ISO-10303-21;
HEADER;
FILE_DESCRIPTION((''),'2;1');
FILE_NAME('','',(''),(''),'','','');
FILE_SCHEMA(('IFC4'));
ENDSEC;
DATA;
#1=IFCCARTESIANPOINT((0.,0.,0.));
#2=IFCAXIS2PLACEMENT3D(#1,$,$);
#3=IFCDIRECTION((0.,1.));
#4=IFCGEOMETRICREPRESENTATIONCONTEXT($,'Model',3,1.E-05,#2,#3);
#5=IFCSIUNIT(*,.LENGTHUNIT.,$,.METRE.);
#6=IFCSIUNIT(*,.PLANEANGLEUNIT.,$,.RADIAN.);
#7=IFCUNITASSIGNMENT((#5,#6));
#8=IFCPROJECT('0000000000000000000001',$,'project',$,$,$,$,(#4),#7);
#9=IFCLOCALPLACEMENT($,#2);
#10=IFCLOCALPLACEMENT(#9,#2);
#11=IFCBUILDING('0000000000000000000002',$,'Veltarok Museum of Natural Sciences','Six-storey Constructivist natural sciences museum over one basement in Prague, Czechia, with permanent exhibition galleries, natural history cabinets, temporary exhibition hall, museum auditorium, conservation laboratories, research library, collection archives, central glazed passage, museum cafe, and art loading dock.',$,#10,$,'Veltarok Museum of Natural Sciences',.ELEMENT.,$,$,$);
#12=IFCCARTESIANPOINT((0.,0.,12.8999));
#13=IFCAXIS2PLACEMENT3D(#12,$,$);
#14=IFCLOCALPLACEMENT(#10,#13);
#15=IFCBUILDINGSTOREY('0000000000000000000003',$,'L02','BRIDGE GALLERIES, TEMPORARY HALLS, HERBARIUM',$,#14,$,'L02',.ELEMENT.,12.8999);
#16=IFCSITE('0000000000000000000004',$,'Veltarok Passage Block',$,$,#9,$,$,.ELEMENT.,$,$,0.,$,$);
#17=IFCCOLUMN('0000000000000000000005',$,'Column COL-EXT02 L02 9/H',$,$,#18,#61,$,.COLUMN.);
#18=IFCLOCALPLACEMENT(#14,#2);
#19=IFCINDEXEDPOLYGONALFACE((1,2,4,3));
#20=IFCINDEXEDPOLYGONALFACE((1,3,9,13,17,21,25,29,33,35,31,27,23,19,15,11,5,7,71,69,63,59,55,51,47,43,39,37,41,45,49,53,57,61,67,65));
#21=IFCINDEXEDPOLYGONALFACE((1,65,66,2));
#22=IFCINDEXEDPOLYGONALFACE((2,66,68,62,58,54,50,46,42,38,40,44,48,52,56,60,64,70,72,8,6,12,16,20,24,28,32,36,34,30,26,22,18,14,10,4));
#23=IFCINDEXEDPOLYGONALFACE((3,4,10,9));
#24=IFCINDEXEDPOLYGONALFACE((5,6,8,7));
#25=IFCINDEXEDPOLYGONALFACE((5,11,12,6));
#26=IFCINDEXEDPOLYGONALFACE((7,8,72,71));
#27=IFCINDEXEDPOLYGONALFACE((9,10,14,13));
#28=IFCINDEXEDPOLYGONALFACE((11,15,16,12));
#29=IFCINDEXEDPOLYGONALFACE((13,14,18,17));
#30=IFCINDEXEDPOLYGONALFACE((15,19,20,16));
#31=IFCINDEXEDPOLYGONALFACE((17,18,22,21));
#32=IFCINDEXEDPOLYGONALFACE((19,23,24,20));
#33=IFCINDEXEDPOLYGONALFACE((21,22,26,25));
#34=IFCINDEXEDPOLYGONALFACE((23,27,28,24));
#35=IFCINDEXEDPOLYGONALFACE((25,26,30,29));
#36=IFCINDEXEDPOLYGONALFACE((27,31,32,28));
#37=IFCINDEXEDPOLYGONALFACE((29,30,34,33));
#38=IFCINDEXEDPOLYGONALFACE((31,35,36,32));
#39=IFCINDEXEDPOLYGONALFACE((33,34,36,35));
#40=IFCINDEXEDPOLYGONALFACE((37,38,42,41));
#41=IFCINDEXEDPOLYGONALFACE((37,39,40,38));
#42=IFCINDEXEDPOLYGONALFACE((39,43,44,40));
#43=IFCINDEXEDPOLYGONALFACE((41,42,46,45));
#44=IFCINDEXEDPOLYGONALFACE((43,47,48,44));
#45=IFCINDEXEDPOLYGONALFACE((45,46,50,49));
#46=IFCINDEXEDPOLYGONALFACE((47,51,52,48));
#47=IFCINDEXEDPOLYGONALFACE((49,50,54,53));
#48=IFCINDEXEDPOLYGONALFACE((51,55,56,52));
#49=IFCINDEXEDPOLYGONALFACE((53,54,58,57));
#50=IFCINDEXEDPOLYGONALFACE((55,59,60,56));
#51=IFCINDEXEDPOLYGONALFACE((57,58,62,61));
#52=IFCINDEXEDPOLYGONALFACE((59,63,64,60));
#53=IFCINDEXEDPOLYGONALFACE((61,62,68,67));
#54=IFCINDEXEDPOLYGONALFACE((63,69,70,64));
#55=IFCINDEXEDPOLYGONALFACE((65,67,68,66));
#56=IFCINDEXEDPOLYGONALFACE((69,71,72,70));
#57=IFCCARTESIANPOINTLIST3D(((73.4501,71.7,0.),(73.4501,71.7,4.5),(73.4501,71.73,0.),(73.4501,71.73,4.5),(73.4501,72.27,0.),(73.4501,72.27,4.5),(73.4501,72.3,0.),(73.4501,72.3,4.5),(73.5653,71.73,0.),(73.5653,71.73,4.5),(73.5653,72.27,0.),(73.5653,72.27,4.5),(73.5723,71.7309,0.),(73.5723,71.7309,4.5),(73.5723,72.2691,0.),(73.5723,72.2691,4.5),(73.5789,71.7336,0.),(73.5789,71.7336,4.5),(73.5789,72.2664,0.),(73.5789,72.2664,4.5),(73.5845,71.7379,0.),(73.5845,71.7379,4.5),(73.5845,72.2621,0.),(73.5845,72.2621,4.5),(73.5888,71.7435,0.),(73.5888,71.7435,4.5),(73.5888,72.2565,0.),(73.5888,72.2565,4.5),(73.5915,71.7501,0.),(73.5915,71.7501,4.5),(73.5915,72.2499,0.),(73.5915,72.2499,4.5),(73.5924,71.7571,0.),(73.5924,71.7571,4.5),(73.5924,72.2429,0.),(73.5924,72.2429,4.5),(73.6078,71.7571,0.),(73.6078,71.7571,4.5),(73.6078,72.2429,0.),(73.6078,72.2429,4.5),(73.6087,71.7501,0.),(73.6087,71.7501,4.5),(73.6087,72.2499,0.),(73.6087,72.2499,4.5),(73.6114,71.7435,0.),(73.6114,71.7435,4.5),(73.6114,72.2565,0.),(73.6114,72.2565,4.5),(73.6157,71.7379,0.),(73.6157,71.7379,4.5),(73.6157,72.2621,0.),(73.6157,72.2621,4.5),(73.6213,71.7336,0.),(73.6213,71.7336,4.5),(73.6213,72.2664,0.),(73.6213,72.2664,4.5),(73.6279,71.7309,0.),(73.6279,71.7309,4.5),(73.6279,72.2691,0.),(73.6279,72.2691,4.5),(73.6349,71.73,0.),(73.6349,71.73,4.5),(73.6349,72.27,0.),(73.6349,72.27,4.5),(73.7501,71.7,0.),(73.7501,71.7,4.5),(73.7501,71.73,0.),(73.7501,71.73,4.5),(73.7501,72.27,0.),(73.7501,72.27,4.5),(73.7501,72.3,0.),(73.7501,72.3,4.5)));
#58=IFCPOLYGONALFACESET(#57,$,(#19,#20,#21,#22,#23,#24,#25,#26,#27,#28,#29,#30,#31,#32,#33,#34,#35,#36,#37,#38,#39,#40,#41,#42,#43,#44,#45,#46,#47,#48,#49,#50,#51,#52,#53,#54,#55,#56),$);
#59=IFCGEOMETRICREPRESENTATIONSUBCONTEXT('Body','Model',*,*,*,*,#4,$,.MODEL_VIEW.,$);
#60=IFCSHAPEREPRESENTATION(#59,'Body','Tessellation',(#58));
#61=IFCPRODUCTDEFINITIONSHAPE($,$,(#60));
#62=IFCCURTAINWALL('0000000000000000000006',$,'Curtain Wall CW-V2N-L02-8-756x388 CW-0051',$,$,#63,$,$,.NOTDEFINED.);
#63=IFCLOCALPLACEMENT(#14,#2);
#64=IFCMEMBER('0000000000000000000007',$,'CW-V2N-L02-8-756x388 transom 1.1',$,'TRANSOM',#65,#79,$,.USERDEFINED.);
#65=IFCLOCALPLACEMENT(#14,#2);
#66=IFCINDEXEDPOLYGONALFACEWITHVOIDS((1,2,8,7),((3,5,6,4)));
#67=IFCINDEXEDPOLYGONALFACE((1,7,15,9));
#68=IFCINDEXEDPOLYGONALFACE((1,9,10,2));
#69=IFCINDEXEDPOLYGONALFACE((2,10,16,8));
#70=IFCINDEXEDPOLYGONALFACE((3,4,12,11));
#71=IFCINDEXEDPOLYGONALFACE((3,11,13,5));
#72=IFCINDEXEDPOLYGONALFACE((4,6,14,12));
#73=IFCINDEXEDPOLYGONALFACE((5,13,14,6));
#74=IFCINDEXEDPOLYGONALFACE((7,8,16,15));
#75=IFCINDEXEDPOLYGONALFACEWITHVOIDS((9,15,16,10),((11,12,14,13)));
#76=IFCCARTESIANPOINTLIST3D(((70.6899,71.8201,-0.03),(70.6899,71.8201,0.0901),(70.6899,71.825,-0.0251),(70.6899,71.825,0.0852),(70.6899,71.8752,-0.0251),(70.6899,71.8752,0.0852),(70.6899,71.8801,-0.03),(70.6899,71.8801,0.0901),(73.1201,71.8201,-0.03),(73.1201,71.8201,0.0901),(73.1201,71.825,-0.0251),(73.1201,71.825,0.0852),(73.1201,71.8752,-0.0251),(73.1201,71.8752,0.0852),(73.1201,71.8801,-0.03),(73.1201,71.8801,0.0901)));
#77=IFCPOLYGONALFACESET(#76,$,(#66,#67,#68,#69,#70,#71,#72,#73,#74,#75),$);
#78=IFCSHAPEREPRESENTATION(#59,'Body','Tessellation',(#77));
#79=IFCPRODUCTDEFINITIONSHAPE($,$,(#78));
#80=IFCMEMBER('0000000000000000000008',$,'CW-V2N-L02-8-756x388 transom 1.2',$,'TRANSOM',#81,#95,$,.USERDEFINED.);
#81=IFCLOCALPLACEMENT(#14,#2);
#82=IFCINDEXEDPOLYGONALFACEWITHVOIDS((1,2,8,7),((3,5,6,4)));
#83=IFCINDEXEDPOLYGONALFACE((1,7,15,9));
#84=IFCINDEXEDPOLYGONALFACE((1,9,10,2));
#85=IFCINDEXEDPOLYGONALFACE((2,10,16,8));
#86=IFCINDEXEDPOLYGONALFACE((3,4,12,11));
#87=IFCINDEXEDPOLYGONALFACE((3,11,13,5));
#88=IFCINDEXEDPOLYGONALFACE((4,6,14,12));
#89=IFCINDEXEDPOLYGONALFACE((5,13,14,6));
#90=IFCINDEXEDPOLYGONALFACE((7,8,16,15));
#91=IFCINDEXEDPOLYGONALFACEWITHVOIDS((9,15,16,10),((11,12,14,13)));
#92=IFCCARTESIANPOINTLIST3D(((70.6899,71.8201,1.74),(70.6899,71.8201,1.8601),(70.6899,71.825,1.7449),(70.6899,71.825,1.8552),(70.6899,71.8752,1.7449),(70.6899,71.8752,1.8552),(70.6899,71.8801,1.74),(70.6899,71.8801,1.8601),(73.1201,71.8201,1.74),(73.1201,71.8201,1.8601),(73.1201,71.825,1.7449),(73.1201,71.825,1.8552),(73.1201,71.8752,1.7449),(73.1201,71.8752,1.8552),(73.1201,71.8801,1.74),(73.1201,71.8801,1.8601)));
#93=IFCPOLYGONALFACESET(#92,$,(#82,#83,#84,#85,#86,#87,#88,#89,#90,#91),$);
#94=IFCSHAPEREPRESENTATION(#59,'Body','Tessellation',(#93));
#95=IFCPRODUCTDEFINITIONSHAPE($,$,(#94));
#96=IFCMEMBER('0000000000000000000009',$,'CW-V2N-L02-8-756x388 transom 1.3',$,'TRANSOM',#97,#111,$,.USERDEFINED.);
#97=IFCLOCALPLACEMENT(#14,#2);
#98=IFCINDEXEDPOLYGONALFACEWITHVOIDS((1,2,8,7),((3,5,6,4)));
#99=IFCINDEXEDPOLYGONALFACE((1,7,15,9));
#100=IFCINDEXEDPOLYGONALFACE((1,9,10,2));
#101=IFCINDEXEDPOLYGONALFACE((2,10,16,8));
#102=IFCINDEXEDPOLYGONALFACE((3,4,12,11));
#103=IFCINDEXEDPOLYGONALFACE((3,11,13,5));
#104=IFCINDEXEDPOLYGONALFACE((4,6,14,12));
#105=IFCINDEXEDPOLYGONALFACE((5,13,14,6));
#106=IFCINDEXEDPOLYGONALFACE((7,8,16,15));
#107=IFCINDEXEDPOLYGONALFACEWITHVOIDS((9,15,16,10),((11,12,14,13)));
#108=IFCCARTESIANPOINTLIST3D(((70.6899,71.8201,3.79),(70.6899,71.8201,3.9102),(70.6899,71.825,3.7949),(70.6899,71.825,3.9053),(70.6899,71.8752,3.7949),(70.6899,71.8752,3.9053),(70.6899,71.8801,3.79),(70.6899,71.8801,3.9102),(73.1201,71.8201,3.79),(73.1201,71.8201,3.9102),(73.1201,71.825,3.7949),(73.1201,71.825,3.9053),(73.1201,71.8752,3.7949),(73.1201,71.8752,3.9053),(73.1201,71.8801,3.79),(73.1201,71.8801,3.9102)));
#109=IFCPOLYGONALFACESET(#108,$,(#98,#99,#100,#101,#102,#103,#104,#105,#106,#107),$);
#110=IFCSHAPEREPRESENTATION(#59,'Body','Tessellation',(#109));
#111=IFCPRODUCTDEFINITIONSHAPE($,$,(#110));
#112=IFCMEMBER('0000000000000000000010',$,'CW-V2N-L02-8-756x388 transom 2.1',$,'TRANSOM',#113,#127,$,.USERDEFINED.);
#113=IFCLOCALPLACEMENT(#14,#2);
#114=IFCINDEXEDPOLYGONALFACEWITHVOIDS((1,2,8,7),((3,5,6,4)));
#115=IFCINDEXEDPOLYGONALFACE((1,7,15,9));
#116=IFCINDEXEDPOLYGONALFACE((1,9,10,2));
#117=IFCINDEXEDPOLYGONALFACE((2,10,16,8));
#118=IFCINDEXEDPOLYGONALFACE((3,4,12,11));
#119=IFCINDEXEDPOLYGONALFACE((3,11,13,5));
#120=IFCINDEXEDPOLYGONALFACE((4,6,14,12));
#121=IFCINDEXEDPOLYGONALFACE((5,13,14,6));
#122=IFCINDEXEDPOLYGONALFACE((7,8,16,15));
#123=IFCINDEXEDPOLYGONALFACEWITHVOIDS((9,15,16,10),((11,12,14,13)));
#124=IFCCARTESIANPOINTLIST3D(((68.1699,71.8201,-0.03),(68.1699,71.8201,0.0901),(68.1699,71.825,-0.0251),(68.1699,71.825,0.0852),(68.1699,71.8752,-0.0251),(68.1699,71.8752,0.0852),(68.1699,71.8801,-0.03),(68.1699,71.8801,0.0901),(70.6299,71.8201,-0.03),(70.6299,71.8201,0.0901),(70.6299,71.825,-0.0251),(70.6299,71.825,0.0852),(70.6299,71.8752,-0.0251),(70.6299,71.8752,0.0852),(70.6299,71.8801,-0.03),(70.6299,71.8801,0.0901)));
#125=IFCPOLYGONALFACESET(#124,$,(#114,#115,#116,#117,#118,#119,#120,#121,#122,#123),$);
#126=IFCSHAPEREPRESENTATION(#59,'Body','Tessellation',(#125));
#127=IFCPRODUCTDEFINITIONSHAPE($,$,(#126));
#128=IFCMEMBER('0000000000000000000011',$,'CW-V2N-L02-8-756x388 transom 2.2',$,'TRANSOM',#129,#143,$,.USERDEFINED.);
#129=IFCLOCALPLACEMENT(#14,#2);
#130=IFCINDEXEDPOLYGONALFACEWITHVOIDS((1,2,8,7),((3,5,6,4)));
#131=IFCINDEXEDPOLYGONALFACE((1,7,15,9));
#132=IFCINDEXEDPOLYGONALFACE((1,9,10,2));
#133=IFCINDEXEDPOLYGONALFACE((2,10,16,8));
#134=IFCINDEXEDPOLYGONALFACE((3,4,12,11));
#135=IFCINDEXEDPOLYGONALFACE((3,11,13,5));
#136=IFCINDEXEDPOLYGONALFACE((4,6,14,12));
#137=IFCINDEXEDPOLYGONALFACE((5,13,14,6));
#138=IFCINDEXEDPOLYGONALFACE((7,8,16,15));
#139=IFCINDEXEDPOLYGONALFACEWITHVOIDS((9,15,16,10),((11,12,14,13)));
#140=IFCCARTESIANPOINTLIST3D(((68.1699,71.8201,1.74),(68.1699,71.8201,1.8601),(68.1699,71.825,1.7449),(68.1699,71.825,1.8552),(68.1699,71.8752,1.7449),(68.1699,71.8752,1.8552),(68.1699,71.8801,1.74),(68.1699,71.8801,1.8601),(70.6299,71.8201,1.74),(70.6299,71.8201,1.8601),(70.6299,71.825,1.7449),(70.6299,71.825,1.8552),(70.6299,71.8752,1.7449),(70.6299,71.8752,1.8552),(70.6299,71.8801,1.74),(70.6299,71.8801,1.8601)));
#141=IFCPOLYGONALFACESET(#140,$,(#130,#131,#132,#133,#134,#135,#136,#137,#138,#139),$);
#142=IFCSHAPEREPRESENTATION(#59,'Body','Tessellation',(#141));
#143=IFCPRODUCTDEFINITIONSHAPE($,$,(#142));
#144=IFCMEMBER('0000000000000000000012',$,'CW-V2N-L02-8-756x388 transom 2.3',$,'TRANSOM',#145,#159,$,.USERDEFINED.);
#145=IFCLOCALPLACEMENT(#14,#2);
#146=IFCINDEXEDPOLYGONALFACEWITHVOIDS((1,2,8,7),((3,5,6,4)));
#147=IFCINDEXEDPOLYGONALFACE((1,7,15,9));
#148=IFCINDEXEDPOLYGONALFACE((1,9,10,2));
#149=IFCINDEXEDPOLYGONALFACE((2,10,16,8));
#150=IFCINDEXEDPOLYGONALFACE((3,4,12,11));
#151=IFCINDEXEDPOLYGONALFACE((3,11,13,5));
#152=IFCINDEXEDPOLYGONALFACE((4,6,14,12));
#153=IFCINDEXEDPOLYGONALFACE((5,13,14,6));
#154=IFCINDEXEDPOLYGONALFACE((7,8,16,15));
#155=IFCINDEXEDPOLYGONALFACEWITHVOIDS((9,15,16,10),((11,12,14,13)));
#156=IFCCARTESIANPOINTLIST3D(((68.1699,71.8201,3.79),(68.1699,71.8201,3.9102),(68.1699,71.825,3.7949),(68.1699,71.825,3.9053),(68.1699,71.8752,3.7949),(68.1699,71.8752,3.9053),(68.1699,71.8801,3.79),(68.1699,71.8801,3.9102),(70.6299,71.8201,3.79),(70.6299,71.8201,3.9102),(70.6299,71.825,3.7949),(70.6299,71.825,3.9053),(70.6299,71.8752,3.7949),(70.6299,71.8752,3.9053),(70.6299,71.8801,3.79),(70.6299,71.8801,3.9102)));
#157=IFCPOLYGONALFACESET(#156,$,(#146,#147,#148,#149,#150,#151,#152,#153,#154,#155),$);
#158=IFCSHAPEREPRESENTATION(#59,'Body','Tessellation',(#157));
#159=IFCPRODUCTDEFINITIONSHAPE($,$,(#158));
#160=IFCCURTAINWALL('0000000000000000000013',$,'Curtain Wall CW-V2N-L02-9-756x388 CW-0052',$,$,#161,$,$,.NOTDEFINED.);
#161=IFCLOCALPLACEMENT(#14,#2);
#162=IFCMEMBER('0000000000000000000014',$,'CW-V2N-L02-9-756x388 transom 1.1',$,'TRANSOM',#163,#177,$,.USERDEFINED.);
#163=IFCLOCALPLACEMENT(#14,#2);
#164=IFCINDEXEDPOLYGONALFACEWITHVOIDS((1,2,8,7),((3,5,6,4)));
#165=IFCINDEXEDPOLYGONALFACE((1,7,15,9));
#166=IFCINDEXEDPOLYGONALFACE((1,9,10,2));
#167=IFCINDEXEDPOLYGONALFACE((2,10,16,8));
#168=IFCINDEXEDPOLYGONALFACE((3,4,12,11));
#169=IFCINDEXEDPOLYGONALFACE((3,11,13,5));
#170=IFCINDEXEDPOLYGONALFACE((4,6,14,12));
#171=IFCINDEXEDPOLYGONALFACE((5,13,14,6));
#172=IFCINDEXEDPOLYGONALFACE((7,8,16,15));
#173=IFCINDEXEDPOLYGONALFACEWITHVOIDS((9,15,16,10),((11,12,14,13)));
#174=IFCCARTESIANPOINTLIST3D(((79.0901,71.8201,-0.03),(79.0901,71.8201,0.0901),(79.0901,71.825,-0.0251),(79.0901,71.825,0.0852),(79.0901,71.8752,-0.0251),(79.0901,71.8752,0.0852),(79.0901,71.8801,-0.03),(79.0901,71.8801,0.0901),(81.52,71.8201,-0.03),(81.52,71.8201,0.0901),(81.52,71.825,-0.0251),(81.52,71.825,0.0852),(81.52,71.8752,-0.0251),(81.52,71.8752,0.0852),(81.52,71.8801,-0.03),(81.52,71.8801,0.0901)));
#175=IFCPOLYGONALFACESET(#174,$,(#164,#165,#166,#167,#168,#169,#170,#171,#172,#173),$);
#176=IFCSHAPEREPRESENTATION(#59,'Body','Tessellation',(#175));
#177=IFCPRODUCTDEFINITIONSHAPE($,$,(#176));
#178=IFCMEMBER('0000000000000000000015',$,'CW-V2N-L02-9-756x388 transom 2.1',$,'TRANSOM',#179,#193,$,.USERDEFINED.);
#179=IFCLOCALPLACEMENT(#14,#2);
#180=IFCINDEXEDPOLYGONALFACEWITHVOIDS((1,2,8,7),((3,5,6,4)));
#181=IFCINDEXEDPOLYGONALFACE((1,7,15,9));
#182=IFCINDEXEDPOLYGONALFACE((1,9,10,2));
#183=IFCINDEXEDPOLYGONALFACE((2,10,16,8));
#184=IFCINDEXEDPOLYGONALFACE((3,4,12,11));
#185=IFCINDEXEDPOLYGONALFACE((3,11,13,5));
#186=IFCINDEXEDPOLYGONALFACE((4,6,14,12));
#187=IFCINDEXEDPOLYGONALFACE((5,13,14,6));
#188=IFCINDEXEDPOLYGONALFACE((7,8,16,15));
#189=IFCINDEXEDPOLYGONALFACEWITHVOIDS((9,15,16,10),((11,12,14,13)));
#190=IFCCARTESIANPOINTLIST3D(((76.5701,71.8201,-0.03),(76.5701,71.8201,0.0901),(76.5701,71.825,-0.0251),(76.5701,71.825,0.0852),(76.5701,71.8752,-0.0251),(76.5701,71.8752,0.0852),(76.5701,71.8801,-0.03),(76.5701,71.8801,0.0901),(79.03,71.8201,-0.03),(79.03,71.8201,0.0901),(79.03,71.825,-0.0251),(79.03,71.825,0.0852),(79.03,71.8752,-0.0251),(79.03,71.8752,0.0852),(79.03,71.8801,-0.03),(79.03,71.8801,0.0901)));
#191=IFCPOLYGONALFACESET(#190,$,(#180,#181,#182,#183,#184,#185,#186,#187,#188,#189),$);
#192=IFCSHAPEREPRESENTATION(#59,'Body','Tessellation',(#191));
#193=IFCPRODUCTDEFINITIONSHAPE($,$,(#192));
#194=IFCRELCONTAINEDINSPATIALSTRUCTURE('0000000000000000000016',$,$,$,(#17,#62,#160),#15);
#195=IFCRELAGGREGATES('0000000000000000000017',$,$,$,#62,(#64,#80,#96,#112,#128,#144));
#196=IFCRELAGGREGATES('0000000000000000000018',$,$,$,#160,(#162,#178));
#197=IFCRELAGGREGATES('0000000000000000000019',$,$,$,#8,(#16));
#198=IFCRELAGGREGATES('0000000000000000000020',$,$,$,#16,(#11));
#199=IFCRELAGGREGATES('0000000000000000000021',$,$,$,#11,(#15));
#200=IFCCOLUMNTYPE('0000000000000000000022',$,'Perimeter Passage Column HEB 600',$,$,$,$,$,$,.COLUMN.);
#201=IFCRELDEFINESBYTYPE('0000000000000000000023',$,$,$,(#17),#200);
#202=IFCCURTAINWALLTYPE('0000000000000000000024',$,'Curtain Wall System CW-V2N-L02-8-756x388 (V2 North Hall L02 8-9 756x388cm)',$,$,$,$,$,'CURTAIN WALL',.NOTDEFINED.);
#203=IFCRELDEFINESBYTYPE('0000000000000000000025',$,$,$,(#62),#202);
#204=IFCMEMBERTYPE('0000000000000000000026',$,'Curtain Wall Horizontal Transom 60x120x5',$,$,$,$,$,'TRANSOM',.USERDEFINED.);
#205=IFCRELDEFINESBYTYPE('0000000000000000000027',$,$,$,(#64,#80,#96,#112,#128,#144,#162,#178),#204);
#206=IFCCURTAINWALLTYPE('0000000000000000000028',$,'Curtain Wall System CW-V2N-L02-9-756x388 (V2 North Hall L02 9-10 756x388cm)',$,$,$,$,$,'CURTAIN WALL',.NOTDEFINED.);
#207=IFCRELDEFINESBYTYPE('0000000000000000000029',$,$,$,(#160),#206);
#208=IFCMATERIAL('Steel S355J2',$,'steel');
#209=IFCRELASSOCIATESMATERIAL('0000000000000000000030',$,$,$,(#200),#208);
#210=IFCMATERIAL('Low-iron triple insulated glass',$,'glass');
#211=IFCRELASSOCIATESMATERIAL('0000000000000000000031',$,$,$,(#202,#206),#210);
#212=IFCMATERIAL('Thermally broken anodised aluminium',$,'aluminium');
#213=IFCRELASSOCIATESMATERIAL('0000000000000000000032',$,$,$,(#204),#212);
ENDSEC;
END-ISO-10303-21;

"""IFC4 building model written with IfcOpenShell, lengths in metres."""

from ifc_helpers import new_model, si_unit, direction, frame, origin, origin_2d, place, context, subcontext, project, spatial, hollow_rectangle, i_section, extrude, material, material_profile, profile_set, type_object, element, aggregate, save


model = new_model("IFC4")

# Units and contexts
model_context = context("Model", 3, precision=1e-05, world=origin(), true_north=direction((0.0, 1.0)))
body_context = subcontext(model_context, "Body", "Model", "MODEL_VIEW")
ifc_project = project(units=[si_unit("LENGTHUNIT", "METRE"), si_unit("PLANEANGLEUNIT", "RADIAN")], contexts=[model_context])

# Site, building, storey
site_placement = place(None, origin())
site = spatial("IfcSite", under=ifc_project, at=site_placement, Name="Veltarok Passage Block", CompositionType="ELEMENT", RefElevation=0.0)
building_placement = place(site_placement, origin())
building = spatial("IfcBuilding", under=site, at=building_placement, Name="Veltarok Museum of Natural Sciences", Description="Six-storey Constructivist natural sciences museum over one basement in Prague, Czechia, with permanent exhibition galleries, natural history cabinets, temporary exhibition hall, museum auditorium, conservation laboratories, research library, collection archives, central glazed passage, museum cafe, and art loading dock.", LongName="Veltarok Museum of Natural Sciences", CompositionType="ELEMENT")
storey_placement = place(building_placement, frame((0.0, 0.0, 12.8999)))
storey = spatial("IfcBuildingStorey", under=building, at=storey_placement, Name="L02", Description="BRIDGE GALLERIES, TEMPORARY HALLS, HERBARIUM", LongName="L02", CompositionType="ELEMENT", Elevation=12.8999)

# Column
ifc_material_1 = material(Name="Steel S355J2", Category="steel")
ifc_material_profile_1 = material_profile(ifc_material_1, i_section(OverallWidth=0.3, OverallDepth=0.6001, WebThickness=0.0154, FlangeThickness=0.03, FilletRadius=0.0271, at=origin_2d()), Name="HEB 600")
ifc_profile_set_1 = profile_set([ifc_material_profile_1], Name="Steel S355J2")
column_type = type_object("IfcColumnType", Name="Perimeter Passage Column HEB 600", PredefinedType="COLUMN", material=ifc_profile_set_1)
column_placement = place(storey_placement, frame((73.6001, 72.0, 0.0), z_axis=(0.0, 0.0, 1.0), x_axis=(1.0, 0.0, 0.0)))
element("IfcColumn", 1, at=column_placement, inside=storey, type_object=column_type, Name="Column COL-EXT02 L02 9/H", PredefinedType="COLUMN", context=body_context, shape_type="SweptSolid", body=[
    extrude(i_section(OverallWidth=0.3, OverallDepth=0.6001, WebThickness=0.0154, FlangeThickness=0.03, FilletRadius=0.0271, at=origin_2d()), origin(), (0.0, 0.0, 1.0), 4.5),
])

# Curtain walls, members
ifc_material_2 = material(Name="Low-iron triple insulated glass", Category="glass")
curtain_wall_type_1 = type_object("IfcCurtainWallType", Name="Curtain Wall System CW-V2N-L02-8-756x388 (V2 North Hall L02 8-9 756x388cm)", ElementType="CURTAIN WALL", PredefinedType="NOTDEFINED", material=ifc_material_2)
curtain_wall_1_placement = place(storey_placement, origin())
curtain_wall_1 = element("IfcCurtainWall", 2, at=curtain_wall_1_placement, inside=storey, type_object=curtain_wall_type_1, Name="Curtain Wall CW-V2N-L02-8-756x388 CW-0051", PredefinedType="NOTDEFINED")
ifc_material_3 = material(Name="Thermally broken anodised aluminium", Category="aluminium")
ifc_material_profile_2 = material_profile(ifc_material_3, hollow_rectangle(XDim=0.0601, YDim=0.1201, WallThickness=0.0049, at=origin_2d()), Name="CW TRANSOM 60x120x5")
ifc_profile_set_2 = profile_set([ifc_material_profile_2], Name="Thermally broken anodised aluminium")
member_type_1 = type_object("IfcMemberType", Name="Curtain Wall Horizontal Transom 60x120x5", ElementType="TRANSOM", PredefinedType="USERDEFINED", material=ifc_profile_set_2)
member_1_placement = place(storey_placement, frame((73.1201, 71.8501, 0.03), z_axis=(-1.0, 0.0, 0.0), x_axis=(0.0, -1.0, 0.0)))
member_1 = element("IfcMember", 3, at=member_1_placement, type_object=member_type_1, Name="CW-V2N-L02-8-756x388 transom 1.1", ObjectType="TRANSOM", PredefinedType="USERDEFINED", context=body_context, shape_type="SweptSolid", body=[
    extrude(hollow_rectangle(XDim=0.0601, YDim=0.1201, WallThickness=0.0049, at=origin_2d()), origin(), (0.0, 0.0, 1.0), 2.4302),
])
member_2_placement = place(storey_placement, frame((73.1201, 71.8501, 1.8), z_axis=(-1.0, 0.0, 0.0), x_axis=(0.0, -1.0, 0.0)))
member_2 = element("IfcMember", 4, at=member_2_placement, type_object=member_type_1, Name="CW-V2N-L02-8-756x388 transom 1.2", ObjectType="TRANSOM", PredefinedType="USERDEFINED", context=body_context, shape_type="SweptSolid", body=[
    extrude(hollow_rectangle(XDim=0.0601, YDim=0.1201, WallThickness=0.0049, at=origin_2d()), origin(), (0.0, 0.0, 1.0), 2.4302),
])
member_3_placement = place(storey_placement, frame((73.1201, 71.8501, 3.8501), z_axis=(-1.0, 0.0, 0.0), x_axis=(0.0, -1.0, 0.0)))
member_3 = element("IfcMember", 5, at=member_3_placement, type_object=member_type_1, Name="CW-V2N-L02-8-756x388 transom 1.3", ObjectType="TRANSOM", PredefinedType="USERDEFINED", context=body_context, shape_type="SweptSolid", body=[
    extrude(hollow_rectangle(XDim=0.0601, YDim=0.1201, WallThickness=0.0049, at=origin_2d()), origin(), (0.0, 0.0, 1.0), 2.4302),
])
member_4_placement = place(storey_placement, frame((70.6299, 71.8501, 0.03), z_axis=(-1.0, 0.0, 0.0), x_axis=(0.0, -1.0, 0.0)))
member_4 = element("IfcMember", 6, at=member_4_placement, type_object=member_type_1, Name="CW-V2N-L02-8-756x388 transom 2.1", ObjectType="TRANSOM", PredefinedType="USERDEFINED", context=body_context, shape_type="SweptSolid", body=[
    extrude(hollow_rectangle(XDim=0.0601, YDim=0.1201, WallThickness=0.0049, at=origin_2d()), origin(), (0.0, 0.0, 1.0), 2.46),
])
member_5_placement = place(storey_placement, frame((70.6299, 71.8501, 1.8), z_axis=(-1.0, 0.0, 0.0), x_axis=(0.0, -1.0, 0.0)))
member_5 = element("IfcMember", 7, at=member_5_placement, type_object=member_type_1, Name="CW-V2N-L02-8-756x388 transom 2.2", ObjectType="TRANSOM", PredefinedType="USERDEFINED", context=body_context, shape_type="SweptSolid", body=[
    extrude(hollow_rectangle(XDim=0.0601, YDim=0.1201, WallThickness=0.0049, at=origin_2d()), origin(), (0.0, 0.0, 1.0), 2.46),
])
member_6_placement = place(storey_placement, frame((70.6299, 71.8501, 3.8501), z_axis=(-1.0, 0.0, 0.0), x_axis=(0.0, -1.0, 0.0)))
member_6 = element("IfcMember", 8, at=member_6_placement, type_object=member_type_1, Name="CW-V2N-L02-8-756x388 transom 2.3", ObjectType="TRANSOM", PredefinedType="USERDEFINED", context=body_context, shape_type="SweptSolid", body=[
    extrude(hollow_rectangle(XDim=0.0601, YDim=0.1201, WallThickness=0.0049, at=origin_2d()), origin(), (0.0, 0.0, 1.0), 2.46),
])
curtain_wall_type_2 = type_object("IfcCurtainWallType", Name="Curtain Wall System CW-V2N-L02-9-756x388 (V2 North Hall L02 9-10 756x388cm)", ElementType="CURTAIN WALL", PredefinedType="NOTDEFINED", material=ifc_material_2)
curtain_wall_2_placement = place(storey_placement, origin())
curtain_wall_2 = element("IfcCurtainWall", 9, at=curtain_wall_2_placement, inside=storey, type_object=curtain_wall_type_2, Name="Curtain Wall CW-V2N-L02-9-756x388 CW-0052", PredefinedType="NOTDEFINED")
member_7_placement = place(storey_placement, frame((81.52, 71.8501, 0.03), z_axis=(-1.0, 0.0, 0.0), x_axis=(0.0, -1.0, 0.0)))
member_7 = element("IfcMember", 10, at=member_7_placement, type_object=member_type_1, Name="CW-V2N-L02-9-756x388 transom 1.1", ObjectType="TRANSOM", PredefinedType="USERDEFINED", context=body_context, shape_type="SweptSolid", body=[
    extrude(hollow_rectangle(XDim=0.0601, YDim=0.1201, WallThickness=0.0049, at=origin_2d()), origin(), (0.0, 0.0, 1.0), 2.4299),
])
member_8_placement = place(storey_placement, frame((79.03, 71.8501, 0.03), z_axis=(-1.0, 0.0, 0.0), x_axis=(0.0, -1.0, 0.0)))
member_8 = element("IfcMember", 11, at=member_8_placement, type_object=member_type_1, Name="CW-V2N-L02-9-756x388 transom 2.1", ObjectType="TRANSOM", PredefinedType="USERDEFINED", context=body_context, shape_type="SweptSolid", body=[
    extrude(hollow_rectangle(XDim=0.0601, YDim=0.1201, WallThickness=0.0049, at=origin_2d()), origin(), (0.0, 0.0, 1.0), 2.46),
])

aggregate(curtain_wall_1, [member_1, member_2, member_3, member_4, member_5, member_6])
aggregate(curtain_wall_2, [member_7, member_8])

save(model, "model.ifc")
